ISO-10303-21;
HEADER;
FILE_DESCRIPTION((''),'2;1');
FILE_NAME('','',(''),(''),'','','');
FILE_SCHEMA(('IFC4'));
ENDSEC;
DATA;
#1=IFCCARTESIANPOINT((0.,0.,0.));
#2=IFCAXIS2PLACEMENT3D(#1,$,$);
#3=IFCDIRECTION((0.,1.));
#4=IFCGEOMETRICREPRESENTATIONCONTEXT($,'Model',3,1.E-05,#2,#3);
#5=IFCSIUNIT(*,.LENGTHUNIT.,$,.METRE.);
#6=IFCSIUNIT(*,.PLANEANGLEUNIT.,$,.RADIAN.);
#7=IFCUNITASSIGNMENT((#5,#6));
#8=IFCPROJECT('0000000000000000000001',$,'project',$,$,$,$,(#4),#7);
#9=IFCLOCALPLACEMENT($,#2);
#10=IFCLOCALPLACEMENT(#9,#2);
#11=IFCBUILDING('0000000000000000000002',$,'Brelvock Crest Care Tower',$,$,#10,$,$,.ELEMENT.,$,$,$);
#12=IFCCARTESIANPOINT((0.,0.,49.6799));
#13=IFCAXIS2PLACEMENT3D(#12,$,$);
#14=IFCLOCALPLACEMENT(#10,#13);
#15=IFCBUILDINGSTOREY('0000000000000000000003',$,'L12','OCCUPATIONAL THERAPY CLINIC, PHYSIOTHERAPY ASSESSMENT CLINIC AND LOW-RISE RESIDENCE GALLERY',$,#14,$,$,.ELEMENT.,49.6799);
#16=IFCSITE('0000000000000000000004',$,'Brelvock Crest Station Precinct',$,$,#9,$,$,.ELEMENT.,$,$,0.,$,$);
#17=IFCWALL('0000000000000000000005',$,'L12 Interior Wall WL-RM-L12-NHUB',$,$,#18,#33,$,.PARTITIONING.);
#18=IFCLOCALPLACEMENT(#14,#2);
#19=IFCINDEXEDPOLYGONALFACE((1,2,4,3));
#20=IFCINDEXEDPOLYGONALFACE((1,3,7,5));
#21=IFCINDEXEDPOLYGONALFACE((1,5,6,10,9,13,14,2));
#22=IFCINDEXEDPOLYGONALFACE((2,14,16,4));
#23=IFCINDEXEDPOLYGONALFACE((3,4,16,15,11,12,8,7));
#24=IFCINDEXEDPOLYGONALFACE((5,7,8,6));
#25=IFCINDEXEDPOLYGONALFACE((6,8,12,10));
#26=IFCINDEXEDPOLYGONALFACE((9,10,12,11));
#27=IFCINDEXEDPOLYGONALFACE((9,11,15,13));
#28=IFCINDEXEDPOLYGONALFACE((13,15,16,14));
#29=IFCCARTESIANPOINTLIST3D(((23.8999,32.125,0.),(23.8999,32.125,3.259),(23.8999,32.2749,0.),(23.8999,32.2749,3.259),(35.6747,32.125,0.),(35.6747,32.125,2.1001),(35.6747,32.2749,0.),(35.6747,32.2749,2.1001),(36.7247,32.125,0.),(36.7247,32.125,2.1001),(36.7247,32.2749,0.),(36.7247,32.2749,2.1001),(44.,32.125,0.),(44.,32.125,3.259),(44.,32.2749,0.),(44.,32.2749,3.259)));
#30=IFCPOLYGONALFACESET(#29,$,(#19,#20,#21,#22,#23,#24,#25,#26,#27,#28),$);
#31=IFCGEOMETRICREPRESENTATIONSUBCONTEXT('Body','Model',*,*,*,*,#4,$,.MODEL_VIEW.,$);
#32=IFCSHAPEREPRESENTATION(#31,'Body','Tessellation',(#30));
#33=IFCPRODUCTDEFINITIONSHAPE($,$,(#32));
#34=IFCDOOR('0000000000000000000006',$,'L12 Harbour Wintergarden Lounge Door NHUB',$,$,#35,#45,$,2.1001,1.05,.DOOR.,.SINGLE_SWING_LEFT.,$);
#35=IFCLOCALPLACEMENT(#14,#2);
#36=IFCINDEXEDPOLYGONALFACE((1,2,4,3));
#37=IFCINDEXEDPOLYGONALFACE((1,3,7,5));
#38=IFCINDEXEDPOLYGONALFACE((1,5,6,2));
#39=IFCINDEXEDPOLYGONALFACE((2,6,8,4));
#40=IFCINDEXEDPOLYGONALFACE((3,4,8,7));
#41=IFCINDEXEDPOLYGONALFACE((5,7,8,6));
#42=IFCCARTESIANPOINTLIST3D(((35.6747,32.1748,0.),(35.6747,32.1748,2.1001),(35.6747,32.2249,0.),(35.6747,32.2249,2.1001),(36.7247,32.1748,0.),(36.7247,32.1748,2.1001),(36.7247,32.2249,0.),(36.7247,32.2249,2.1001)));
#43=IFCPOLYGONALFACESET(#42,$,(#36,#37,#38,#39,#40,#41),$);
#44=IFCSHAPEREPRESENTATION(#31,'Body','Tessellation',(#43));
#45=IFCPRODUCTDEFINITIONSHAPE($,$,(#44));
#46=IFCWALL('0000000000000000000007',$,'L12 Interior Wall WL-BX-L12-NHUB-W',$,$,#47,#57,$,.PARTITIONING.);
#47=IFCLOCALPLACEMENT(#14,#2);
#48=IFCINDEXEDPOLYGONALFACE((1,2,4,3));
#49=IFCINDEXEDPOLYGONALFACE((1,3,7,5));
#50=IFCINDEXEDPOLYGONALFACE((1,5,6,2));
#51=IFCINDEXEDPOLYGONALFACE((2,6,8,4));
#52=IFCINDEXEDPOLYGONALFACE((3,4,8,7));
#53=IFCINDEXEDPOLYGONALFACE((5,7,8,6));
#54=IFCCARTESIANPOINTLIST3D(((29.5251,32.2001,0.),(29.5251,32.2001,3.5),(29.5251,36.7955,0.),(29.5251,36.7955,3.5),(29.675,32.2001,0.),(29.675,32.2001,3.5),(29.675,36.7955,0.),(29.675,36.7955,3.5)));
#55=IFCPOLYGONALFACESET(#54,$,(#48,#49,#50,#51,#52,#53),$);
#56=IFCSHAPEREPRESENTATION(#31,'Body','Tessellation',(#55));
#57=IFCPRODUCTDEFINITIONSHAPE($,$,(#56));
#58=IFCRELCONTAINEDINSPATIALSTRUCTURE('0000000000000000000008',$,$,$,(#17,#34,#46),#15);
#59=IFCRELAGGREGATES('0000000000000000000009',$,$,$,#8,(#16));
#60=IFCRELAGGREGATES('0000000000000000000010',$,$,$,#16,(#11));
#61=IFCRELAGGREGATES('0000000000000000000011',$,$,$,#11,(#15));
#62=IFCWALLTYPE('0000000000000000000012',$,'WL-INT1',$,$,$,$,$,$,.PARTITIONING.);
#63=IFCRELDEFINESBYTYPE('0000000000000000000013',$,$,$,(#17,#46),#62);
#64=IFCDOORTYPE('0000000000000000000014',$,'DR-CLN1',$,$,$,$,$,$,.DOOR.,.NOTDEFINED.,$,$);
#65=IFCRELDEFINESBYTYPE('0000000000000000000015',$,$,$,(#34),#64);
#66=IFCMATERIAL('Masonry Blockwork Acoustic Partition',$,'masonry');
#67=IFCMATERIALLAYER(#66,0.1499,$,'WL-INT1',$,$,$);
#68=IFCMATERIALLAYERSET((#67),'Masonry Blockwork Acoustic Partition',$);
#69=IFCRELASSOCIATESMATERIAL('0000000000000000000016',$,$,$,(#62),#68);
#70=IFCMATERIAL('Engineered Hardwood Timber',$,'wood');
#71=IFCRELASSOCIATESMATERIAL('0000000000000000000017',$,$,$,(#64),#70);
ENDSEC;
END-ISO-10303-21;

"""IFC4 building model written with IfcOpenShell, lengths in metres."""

from ifc_helpers import new_model, si_unit, direction, frame, frame_2d, origin, origin_2d, place, context, subcontext, project, spatial, rectangle, extrude, source, transform, mapped, material, layer, layer_set, type_object, element, fill, save


model = new_model("IFC4")

# Units and contexts
model_context = context("Model", 3, precision=1e-05, world=origin(), true_north=direction((0.0, 1.0)))
body_context = subcontext(model_context, "Body", "Model", "MODEL_VIEW")
ifc_project = project(units=[si_unit("LENGTHUNIT", "METRE"), si_unit("PLANEANGLEUNIT", "RADIAN")], contexts=[model_context])

# Site, building, storey
site_placement = place(None, origin())
site = spatial("IfcSite", under=ifc_project, at=site_placement, Name="Brelvock Crest Station Precinct", CompositionType="ELEMENT", RefElevation=0.0)
building_placement = place(site_placement, origin())
building = spatial("IfcBuilding", under=site, at=building_placement, Name="Brelvock Crest Care Tower", CompositionType="ELEMENT")
storey_placement = place(building_placement, frame((0.0, 0.0, 49.6799)))
storey = spatial("IfcBuildingStorey", under=building, at=storey_placement, Name="L12", Description="OCCUPATIONAL THERAPY CLINIC, PHYSIOTHERAPY ASSESSMENT CLINIC AND LOW-RISE RESIDENCE GALLERY", CompositionType="ELEMENT", Elevation=49.6799)

# Wall, opening, door
ifc_material_1 = material(Name="Masonry Blockwork Acoustic Partition", Category="masonry")
ifc_layer = layer(ifc_material_1, 0.1499, Name="WL-INT1")
ifc_layer_set = layer_set([ifc_layer], Name="Masonry Blockwork Acoustic Partition")
wall_type = type_object("IfcWallType", Name="WL-INT1", PredefinedType="PARTITIONING", material=ifc_layer_set)
wall_1_placement = place(storey_placement, frame((23.8999, 32.2, 0.0), z_axis=(0.0, 0.0, 1.0), x_axis=(1.0, 0.0, 0.0)))
wall_1 = element("IfcWall", 1, at=wall_1_placement, inside=storey, type_object=wall_type, Name="L12 Interior Wall WL-RM-L12-NHUB", PredefinedType="PARTITIONING", context=body_context, shape_type="SweptSolid", body=[
    extrude(rectangle(XDim=20.1001, YDim=0.1499, at=frame_2d((10.05, 0.0))), origin(), (0.0, 0.0, 1.0), 3.259),
])
opening_placement = place(wall_1_placement, frame((11.7749, 0.0, 0.0)))
opening = element("IfcOpeningElement", 2, at=opening_placement, cuts=wall_1, PredefinedType="OPENING", context=body_context, shape_type="SweptSolid", body=[
    extrude(rectangle(XDim=1.05, YDim=2.1001, at=origin_2d()), frame((0.5249, 0.085, 1.05), z_axis=(0.0, -1.0, 0.0), x_axis=(1.0, 0.0, 0.0)), (0.0, 0.0, 1.0), 0.1699),
])
ifc_material_2 = material(Name="Engineered Hardwood Timber", Category="wood")
door_type = type_object("IfcDoorType", Name="DR-CLN1", OperationType="NOTDEFINED", PredefinedType="DOOR", material=ifc_material_2)
shared_shape_1 = source(origin(), body_context, "Body", "SweptSolid", [
    extrude(rectangle(XDim=1.05, YDim=2.1001, at=origin_2d()), frame((0.5249, 0.0249, 1.05), z_axis=(0.0, -1.0, 0.0), x_axis=(1.0, 0.0, 0.0)), (0.0, 0.0, 1.0), 0.05),
])
door_placement = place(opening_placement, origin())
door = element("IfcDoor", 3, at=door_placement, inside=storey, type_object=door_type, Name="L12 Harbour Wintergarden Lounge Door NHUB", OperationType="SINGLE_SWING_LEFT", OverallHeight=2.1001, OverallWidth=1.05, PredefinedType="DOOR", context=body_context, shape_type="MappedRepresentation", body=[
    mapped(shared_shape_1, transform((0.0, 0.0, 0.0), x_axis=(1.0, 0.0, 0.0), y_axis=(0.0, 1.0, 0.0), z_axis=(0.0, 0.0, 1.0), scale=1.0)),
])
fill(opening, door)

# Wall
wall_2_placement = place(storey_placement, frame((29.6001, 32.2, 0.0), z_axis=(0.0, 0.0, 1.0), x_axis=(0.0, 1.0, 0.0)))
element("IfcWall", 4, at=wall_2_placement, inside=storey, type_object=wall_type, Name="L12 Interior Wall WL-BX-L12-NHUB-W", PredefinedType="PARTITIONING", context=body_context, shape_type="SweptSolid", body=[
    extrude(rectangle(XDim=4.5955, YDim=0.1499, at=frame_2d((2.2979, 0.0))), origin(), (0.0, 0.0, 1.0), 3.5),
])

save(model, "model.ifc")
